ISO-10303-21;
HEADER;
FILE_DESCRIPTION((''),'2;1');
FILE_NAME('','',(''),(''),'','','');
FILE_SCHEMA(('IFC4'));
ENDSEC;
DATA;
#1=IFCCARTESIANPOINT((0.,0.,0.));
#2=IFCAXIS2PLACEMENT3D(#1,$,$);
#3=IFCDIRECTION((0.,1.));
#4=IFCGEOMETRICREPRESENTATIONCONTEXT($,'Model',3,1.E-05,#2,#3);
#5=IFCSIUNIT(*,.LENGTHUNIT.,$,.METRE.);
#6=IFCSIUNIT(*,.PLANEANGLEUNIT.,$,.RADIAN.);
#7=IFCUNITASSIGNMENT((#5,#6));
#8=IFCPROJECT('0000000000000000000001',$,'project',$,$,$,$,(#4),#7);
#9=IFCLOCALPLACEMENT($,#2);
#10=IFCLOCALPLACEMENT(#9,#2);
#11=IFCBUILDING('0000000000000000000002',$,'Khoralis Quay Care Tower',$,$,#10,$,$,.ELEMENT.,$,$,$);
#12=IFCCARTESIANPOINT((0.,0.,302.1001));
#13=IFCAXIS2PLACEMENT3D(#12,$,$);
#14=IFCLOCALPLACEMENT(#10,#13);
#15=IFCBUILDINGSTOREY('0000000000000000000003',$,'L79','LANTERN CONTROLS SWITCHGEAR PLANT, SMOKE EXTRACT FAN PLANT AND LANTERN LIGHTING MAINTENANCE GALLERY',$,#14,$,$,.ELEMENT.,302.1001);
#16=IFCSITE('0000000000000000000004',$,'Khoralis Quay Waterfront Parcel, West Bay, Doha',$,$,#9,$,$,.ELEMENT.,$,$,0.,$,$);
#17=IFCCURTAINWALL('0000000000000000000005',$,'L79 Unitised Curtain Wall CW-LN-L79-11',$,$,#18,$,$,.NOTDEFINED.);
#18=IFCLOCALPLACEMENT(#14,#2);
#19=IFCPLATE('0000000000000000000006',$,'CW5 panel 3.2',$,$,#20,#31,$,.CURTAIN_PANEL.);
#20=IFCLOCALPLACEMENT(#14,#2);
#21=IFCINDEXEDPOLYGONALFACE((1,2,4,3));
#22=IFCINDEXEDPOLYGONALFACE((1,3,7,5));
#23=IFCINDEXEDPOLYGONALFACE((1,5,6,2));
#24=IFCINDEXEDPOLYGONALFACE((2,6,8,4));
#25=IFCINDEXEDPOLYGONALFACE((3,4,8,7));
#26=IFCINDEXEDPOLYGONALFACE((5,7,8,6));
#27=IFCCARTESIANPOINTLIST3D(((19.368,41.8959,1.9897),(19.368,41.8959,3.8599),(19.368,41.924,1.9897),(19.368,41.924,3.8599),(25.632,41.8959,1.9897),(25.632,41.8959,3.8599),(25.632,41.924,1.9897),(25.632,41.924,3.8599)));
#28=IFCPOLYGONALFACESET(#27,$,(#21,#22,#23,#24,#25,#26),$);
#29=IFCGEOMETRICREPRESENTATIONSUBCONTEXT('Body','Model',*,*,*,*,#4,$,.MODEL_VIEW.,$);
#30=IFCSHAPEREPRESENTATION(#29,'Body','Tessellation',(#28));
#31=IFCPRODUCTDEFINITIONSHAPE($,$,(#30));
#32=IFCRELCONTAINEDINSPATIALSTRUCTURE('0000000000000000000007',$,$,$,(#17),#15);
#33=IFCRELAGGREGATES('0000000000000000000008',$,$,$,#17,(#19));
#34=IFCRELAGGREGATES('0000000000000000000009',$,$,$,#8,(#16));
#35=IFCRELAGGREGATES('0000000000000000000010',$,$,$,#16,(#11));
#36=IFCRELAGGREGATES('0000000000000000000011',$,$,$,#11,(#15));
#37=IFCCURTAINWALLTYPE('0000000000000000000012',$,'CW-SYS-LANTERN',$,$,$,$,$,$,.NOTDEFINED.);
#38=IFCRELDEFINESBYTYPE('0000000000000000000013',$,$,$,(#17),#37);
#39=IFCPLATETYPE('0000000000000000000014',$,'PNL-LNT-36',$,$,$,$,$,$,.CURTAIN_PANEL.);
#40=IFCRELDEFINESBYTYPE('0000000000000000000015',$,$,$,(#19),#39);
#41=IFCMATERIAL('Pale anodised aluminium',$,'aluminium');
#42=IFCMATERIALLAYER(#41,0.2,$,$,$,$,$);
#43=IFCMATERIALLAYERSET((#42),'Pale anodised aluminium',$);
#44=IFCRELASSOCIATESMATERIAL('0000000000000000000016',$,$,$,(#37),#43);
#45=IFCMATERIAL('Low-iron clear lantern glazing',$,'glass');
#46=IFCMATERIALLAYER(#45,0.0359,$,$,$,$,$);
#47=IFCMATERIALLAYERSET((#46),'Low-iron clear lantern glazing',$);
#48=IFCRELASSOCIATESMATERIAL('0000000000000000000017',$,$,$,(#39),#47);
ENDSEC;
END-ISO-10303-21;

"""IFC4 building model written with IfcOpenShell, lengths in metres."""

from ifc_helpers import new_model, si_unit, direction, frame, origin, origin_2d, place, context, subcontext, project, spatial, rectangle, extrude, source, transform, mapped, material, layer, layer_set, type_object, element, aggregate, save


model = new_model("IFC4")

# Units and contexts
model_context = context("Model", 3, precision=1e-05, world=origin(), true_north=direction((0.0, 1.0)))
body_context = subcontext(model_context, "Body", "Model", "MODEL_VIEW")
ifc_project = project(units=[si_unit("LENGTHUNIT", "METRE"), si_unit("PLANEANGLEUNIT", "RADIAN")], contexts=[model_context])

# Site, building, storey
site_placement = place(None, origin())
site = spatial("IfcSite", under=ifc_project, at=site_placement, Name="Khoralis Quay Waterfront Parcel, West Bay, Doha", CompositionType="ELEMENT", RefElevation=0.0)
building_placement = place(site_placement, origin())
building = spatial("IfcBuilding", under=site, at=building_placement, Name="Khoralis Quay Care Tower", CompositionType="ELEMENT")
storey_placement = place(building_placement, frame((0.0, 0.0, 302.1001)))
storey = spatial("IfcBuildingStorey", under=building, at=storey_placement, Name="L79", Description="LANTERN CONTROLS SWITCHGEAR PLANT, SMOKE EXTRACT FAN PLANT AND LANTERN LIGHTING MAINTENANCE GALLERY", CompositionType="ELEMENT", Elevation=302.1001)

# Curtain wall, plate
ifc_material_1 = material(Name="Pale anodised aluminium", Category="aluminium")
ifc_layer_1 = layer(ifc_material_1, 0.2)
ifc_layer_set_1 = layer_set([ifc_layer_1], Name="Pale anodised aluminium")
curtain_wall_type = type_object("IfcCurtainWallType", Name="CW-SYS-LANTERN", PredefinedType="NOTDEFINED", material=ifc_layer_set_1)
curtain_wall_placement = place(storey_placement, origin())
curtain_wall = element("IfcCurtainWall", 1, at=curtain_wall_placement, inside=storey, type_object=curtain_wall_type, Name="L79 Unitised Curtain Wall CW-LN-L79-11", PredefinedType="NOTDEFINED")
ifc_material_2 = material(Name="Low-iron clear lantern glazing", Category="glass")
ifc_layer_2 = layer(ifc_material_2, 0.0359)
ifc_layer_set_2 = layer_set([ifc_layer_2], Name="Low-iron clear lantern glazing")
plate_type = type_object("IfcPlateType", Name="PNL-LNT-36", PredefinedType="CURTAIN_PANEL", material=ifc_layer_set_2)
shared_shape_1 = source(origin(), body_context, "Body", "SweptSolid", [
    extrude(rectangle(XDim=6.2639, YDim=0.0281, at=origin_2d()), origin(), (0.0, 0.0, 1.0), 1.8701),
])
plate_1_placement = place(storey_placement, frame((22.5, 41.9099, 1.9897), z_axis=(0.0, 0.0, 1.0), x_axis=(-1.0, 0.0, 0.0)))
plate_1 = element("IfcPlate", 2, at=plate_1_placement, type_object=plate_type, Name="CW5 panel 3.2", PredefinedType="CURTAIN_PANEL", context=body_context, shape_type="MappedRepresentation", body=[
    mapped(shared_shape_1, transform((0.0, 0.0, 0.0), scale=1.0)),
])
aggregate(curtain_wall, [plate_1])

save(model, "model.ifc")
